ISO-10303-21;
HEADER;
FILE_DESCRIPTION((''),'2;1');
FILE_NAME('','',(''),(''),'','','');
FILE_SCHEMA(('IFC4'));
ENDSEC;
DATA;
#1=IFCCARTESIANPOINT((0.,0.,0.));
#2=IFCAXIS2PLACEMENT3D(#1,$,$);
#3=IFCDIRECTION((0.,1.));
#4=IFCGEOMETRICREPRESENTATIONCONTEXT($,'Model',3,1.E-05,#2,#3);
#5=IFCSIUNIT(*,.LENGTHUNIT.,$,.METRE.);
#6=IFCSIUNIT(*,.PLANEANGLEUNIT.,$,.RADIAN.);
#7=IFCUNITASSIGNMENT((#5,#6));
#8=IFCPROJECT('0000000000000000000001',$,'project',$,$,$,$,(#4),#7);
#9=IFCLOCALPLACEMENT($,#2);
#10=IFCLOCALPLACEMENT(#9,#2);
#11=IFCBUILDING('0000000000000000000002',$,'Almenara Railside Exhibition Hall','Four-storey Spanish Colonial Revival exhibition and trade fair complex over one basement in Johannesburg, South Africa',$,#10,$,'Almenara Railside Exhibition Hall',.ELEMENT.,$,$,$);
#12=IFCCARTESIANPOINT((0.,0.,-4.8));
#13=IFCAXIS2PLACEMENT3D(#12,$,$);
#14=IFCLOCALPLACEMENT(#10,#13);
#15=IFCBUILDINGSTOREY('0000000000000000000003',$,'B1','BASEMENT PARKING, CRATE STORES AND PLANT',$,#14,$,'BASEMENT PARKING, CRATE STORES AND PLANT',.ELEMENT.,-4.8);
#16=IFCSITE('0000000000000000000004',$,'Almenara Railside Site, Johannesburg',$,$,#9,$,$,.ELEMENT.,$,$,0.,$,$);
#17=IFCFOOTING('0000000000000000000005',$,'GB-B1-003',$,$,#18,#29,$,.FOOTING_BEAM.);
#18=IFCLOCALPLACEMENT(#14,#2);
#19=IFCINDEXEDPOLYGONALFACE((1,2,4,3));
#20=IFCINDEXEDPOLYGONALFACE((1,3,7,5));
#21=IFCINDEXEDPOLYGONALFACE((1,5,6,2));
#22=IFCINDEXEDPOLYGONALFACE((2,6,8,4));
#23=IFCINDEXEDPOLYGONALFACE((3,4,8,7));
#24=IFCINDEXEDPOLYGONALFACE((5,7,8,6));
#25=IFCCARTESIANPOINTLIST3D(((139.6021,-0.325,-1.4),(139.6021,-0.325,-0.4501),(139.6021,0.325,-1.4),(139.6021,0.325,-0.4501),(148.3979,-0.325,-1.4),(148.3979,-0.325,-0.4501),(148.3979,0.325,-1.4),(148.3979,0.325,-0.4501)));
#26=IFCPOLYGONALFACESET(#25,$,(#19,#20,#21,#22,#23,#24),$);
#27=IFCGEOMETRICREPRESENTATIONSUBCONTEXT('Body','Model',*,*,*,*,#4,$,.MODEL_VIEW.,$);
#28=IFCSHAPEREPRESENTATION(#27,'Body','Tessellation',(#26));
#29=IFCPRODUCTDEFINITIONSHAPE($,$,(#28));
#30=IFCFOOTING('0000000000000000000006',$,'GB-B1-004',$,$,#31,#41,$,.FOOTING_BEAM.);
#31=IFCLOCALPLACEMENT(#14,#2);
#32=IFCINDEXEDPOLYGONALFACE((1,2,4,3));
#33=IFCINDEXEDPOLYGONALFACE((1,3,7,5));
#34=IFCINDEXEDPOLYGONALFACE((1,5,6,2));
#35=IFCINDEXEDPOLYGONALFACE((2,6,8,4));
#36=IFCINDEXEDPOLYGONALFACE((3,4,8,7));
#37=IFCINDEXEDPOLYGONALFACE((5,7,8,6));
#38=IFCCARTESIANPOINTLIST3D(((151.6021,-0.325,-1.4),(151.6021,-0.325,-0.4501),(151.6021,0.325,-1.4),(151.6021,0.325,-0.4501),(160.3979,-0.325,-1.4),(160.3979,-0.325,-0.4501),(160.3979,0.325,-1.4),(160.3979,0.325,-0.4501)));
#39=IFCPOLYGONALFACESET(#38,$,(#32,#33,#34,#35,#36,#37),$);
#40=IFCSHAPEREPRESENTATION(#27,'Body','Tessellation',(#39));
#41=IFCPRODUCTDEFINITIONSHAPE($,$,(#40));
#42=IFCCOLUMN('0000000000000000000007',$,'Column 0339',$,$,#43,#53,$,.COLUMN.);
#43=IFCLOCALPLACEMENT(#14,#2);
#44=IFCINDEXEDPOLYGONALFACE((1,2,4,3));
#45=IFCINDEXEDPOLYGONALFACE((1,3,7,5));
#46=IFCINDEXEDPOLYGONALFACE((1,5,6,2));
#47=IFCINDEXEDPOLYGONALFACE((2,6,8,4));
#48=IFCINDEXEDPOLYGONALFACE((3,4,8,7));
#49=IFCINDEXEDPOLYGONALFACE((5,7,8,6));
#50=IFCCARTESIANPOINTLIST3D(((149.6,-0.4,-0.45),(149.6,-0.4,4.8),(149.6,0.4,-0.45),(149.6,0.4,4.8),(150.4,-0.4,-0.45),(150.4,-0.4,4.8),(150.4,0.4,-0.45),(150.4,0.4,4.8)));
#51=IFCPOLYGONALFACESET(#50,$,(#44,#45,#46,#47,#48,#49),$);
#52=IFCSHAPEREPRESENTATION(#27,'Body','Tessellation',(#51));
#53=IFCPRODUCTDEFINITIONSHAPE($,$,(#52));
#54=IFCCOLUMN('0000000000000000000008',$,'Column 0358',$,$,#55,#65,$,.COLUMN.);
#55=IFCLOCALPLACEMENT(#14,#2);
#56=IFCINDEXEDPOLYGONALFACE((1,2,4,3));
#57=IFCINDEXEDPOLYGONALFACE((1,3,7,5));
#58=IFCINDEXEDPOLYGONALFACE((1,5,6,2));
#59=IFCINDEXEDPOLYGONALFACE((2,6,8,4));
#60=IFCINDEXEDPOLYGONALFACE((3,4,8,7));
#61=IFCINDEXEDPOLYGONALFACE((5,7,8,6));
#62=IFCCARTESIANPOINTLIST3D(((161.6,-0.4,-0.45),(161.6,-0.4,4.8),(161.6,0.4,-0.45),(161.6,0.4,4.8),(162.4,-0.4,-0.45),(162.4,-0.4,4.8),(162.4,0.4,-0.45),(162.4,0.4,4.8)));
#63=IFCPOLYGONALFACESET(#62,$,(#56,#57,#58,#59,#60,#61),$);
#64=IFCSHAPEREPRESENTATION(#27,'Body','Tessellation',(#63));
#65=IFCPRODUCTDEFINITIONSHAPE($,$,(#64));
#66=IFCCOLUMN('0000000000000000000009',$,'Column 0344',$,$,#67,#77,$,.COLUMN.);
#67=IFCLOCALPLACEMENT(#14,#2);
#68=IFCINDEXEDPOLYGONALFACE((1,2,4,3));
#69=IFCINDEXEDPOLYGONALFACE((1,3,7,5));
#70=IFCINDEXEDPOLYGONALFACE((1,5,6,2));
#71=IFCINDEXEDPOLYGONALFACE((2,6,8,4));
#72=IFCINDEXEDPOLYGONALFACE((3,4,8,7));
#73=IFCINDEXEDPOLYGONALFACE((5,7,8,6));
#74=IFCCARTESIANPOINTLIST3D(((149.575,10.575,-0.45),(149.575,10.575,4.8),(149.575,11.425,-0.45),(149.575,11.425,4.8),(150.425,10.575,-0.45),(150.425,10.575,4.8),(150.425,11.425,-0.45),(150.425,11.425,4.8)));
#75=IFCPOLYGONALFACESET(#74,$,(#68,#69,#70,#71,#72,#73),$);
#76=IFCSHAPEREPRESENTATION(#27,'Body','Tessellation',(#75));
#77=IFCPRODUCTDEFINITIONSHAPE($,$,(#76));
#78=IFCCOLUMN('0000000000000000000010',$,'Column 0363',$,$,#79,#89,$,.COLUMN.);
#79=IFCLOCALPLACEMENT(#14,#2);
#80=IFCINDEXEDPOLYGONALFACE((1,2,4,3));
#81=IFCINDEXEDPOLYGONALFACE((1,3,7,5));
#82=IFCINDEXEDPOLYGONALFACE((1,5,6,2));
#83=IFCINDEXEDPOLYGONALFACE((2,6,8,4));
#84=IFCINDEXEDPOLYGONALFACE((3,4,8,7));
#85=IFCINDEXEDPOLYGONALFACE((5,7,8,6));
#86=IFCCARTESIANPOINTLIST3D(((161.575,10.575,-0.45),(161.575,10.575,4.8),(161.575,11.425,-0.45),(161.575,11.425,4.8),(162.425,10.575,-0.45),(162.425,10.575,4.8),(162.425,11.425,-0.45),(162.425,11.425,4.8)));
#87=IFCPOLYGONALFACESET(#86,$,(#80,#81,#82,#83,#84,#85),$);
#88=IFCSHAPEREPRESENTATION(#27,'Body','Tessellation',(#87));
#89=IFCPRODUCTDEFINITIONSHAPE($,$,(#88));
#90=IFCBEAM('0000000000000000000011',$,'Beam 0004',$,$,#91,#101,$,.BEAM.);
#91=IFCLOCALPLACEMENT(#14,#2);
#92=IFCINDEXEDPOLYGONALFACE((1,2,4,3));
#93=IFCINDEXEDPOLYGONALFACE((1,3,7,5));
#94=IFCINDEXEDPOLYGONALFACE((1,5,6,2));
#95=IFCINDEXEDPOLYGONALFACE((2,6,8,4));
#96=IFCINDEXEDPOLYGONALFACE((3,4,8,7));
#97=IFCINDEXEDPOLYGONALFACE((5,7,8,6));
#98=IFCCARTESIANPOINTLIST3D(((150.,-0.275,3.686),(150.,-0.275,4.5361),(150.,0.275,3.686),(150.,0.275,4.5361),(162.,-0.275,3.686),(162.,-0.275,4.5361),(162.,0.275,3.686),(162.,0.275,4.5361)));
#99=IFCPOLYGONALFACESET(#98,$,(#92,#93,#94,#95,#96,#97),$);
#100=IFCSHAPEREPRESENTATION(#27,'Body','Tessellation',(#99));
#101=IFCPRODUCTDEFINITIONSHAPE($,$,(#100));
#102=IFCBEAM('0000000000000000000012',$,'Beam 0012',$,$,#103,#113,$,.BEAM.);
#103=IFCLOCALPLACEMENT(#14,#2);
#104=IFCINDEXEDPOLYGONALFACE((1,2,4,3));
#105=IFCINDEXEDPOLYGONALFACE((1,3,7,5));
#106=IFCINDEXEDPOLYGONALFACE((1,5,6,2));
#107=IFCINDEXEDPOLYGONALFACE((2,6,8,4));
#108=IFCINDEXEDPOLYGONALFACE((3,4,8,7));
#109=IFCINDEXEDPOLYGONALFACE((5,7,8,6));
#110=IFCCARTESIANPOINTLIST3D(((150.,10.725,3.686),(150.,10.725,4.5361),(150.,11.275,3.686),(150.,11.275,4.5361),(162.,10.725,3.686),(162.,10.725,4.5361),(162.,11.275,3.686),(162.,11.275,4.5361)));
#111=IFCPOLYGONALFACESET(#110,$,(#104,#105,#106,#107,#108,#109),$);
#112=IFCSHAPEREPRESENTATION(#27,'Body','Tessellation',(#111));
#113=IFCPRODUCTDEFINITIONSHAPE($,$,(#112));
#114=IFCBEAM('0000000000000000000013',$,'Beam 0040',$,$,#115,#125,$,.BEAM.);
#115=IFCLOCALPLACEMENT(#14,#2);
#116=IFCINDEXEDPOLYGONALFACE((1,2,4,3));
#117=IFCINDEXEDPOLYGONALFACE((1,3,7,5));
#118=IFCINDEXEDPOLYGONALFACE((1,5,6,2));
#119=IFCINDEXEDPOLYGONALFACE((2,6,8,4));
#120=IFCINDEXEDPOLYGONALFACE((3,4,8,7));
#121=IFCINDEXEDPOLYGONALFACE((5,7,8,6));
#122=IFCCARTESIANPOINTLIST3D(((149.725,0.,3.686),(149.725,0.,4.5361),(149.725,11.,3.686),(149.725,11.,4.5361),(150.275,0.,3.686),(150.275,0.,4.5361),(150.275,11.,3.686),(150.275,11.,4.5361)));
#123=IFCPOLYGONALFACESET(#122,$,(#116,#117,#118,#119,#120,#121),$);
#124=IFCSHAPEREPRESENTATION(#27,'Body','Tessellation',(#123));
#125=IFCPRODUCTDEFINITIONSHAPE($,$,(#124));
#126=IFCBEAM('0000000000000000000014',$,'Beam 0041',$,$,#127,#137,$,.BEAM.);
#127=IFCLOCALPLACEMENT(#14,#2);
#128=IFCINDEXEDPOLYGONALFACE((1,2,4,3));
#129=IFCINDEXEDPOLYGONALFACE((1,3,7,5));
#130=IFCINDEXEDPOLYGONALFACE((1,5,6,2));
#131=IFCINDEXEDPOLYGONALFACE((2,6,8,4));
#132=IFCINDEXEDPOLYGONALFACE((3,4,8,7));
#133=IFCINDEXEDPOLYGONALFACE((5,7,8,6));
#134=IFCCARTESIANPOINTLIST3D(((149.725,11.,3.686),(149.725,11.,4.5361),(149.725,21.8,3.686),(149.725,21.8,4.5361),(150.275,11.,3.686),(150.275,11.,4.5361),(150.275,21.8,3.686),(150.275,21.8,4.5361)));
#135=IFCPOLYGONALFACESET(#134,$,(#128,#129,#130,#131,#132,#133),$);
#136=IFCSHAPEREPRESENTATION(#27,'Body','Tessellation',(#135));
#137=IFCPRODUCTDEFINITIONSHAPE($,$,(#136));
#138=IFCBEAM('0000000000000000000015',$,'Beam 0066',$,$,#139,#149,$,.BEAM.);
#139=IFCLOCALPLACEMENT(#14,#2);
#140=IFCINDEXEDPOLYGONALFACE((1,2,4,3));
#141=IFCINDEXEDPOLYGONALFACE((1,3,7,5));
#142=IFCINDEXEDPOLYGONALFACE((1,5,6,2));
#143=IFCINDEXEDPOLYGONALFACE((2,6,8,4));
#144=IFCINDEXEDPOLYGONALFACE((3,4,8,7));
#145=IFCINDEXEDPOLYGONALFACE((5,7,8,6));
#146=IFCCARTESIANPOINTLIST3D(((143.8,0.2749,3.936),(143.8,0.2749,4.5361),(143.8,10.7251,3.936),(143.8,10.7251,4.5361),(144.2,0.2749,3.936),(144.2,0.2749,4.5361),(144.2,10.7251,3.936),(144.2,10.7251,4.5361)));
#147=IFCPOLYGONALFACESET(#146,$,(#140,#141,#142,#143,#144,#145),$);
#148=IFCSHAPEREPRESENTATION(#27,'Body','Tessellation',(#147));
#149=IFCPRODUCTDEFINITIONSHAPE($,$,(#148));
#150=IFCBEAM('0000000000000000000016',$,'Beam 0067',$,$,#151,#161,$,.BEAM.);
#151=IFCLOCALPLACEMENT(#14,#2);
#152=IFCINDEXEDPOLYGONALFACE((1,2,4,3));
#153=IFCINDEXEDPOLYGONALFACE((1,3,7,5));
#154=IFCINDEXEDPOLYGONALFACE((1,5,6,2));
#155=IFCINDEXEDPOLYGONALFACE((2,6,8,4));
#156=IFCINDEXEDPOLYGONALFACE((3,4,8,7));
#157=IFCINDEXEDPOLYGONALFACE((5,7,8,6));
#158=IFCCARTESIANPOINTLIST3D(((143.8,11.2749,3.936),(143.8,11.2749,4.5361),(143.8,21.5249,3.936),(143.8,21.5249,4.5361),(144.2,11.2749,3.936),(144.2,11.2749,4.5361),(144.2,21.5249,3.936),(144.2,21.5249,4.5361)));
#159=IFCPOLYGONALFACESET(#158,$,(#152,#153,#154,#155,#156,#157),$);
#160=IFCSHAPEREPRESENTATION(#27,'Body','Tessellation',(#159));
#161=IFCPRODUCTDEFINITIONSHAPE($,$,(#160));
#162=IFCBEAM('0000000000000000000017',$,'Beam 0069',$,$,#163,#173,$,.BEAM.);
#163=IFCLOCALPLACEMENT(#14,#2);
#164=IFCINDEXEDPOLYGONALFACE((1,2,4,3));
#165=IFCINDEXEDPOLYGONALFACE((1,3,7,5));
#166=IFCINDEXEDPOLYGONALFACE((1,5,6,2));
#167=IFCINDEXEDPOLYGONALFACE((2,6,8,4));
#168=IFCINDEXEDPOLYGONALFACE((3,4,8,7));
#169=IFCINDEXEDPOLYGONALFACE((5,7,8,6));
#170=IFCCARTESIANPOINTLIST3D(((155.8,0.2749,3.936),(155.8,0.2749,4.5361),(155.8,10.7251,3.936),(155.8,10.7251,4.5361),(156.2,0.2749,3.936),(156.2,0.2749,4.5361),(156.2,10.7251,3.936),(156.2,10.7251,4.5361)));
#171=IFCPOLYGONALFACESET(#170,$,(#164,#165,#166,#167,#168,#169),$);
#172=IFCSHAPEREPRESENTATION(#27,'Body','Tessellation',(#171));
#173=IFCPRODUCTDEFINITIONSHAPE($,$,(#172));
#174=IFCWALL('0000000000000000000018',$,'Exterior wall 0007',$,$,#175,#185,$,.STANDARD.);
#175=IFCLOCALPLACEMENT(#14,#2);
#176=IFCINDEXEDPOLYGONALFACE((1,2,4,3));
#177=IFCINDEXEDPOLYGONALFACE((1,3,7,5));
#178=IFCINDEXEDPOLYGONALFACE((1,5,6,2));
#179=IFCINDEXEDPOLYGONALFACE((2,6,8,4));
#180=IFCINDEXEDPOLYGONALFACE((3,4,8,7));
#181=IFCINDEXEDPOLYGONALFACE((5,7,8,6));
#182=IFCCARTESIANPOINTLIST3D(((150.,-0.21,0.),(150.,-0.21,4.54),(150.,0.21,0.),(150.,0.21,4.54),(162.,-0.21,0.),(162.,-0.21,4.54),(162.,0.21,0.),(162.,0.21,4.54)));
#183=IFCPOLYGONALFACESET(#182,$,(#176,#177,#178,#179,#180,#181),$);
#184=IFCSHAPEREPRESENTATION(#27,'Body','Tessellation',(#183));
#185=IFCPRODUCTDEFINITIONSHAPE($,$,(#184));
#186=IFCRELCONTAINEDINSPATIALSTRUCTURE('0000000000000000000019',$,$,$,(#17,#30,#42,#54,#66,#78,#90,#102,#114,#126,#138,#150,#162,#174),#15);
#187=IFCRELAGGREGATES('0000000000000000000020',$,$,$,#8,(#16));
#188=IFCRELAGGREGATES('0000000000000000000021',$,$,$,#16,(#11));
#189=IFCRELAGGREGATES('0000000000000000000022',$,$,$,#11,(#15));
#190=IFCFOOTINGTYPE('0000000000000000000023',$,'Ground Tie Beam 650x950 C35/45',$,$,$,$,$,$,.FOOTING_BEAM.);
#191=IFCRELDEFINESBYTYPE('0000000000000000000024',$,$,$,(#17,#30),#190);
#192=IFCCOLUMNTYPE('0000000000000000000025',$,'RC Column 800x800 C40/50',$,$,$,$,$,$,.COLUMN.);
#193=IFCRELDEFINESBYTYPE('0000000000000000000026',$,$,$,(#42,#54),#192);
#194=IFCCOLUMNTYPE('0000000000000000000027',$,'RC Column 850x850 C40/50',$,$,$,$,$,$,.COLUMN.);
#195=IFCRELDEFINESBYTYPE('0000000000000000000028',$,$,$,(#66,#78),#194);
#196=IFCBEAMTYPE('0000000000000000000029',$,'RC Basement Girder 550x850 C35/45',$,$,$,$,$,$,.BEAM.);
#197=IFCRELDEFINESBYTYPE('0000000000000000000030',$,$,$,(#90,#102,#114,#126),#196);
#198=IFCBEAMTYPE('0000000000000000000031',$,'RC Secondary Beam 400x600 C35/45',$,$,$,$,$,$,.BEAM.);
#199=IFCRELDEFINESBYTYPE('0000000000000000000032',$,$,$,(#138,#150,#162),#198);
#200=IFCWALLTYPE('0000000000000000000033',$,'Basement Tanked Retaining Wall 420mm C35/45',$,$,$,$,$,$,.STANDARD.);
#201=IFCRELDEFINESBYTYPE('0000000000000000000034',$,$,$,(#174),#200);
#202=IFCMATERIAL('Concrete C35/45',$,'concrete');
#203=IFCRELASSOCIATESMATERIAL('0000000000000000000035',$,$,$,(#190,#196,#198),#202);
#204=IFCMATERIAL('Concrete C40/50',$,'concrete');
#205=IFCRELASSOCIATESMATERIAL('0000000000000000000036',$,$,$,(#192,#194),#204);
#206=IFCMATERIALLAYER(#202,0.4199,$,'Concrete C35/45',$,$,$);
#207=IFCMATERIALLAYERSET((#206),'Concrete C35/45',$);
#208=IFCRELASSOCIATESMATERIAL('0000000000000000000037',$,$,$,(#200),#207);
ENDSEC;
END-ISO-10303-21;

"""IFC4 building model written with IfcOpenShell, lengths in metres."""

from ifc_helpers import new_model, si_unit, direction, frame, frame_2d, origin, origin_2d, place, context, subcontext, project, spatial, rectangle, extrude, material, layer, layer_set, material_profile, profile_set, type_object, element, save


model = new_model("IFC4")

# Units and contexts
model_context = context("Model", 3, precision=1e-05, world=origin(), true_north=direction((0.0, 1.0)))
body_context = subcontext(model_context, "Body", "Model", "MODEL_VIEW")
ifc_project = project(units=[si_unit("LENGTHUNIT", "METRE"), si_unit("PLANEANGLEUNIT", "RADIAN")], contexts=[model_context])

# Site, building, storey
site_placement = place(None, origin())
site = spatial("IfcSite", under=ifc_project, at=site_placement, Name="Almenara Railside Site, Johannesburg", CompositionType="ELEMENT", RefElevation=0.0)
building_placement = place(site_placement, origin())
building = spatial("IfcBuilding", under=site, at=building_placement, Name="Almenara Railside Exhibition Hall", Description="Four-storey Spanish Colonial Revival exhibition and trade fair complex over one basement in Johannesburg, South Africa", LongName="Almenara Railside Exhibition Hall", CompositionType="ELEMENT")
storey_placement = place(building_placement, frame((0.0, 0.0, -4.8)))
storey = spatial("IfcBuildingStorey", under=building, at=storey_placement, Name="B1", Description="BASEMENT PARKING, CRATE STORES AND PLANT", LongName="BASEMENT PARKING, CRATE STORES AND PLANT", CompositionType="ELEMENT", Elevation=-4.8)

# Shared definitions
ifc_material_1 = material(Name="Concrete C40/50", Category="concrete")

# Footings
ifc_material_2 = material(Name="Concrete C35/45", Category="concrete")
ifc_material_profile_1 = material_profile(ifc_material_2, rectangle(XDim=0.6499, YDim=0.95, at=origin_2d()), Name="RC-GB 650x950")
ifc_profile_set_1 = profile_set([ifc_material_profile_1], Name="Concrete C35/45")
footing_type = type_object("IfcFootingType", Name="Ground Tie Beam 650x950 C35/45", PredefinedType="FOOTING_BEAM", material=ifc_profile_set_1)
for number, where, z_axis, x_axis, name in (
    (1, (139.6021, 0.0, -0.925), (1.0, 0.0, 0.0), (0.0, 1.0, 0.0), "GB-B1-003"),
    (2, (151.6021, 0.0, -0.925), (1.0, 0.0, 0.0), (0.0, 1.0, 0.0), "GB-B1-004"),
):
    element("IfcFooting", number, at=place(storey_placement, frame(where, z_axis=z_axis, x_axis=x_axis)), inside=storey, type_object=footing_type, Name=name, PredefinedType="FOOTING_BEAM", context=body_context, shape_type="SweptSolid", body=[
        extrude(rectangle(XDim=0.6499, YDim=0.95, at=origin_2d()), origin(), (0.0, 0.0, 1.0), 8.7959),
    ])

# Columns
ifc_material_profile_2 = material_profile(ifc_material_1, rectangle(XDim=0.8, YDim=0.8, at=origin_2d()), Name="RC 800x800")
ifc_profile_set_2 = profile_set([ifc_material_profile_2], Name="Concrete C40/50")
column_type_1 = type_object("IfcColumnType", Name="RC Column 800x800 C40/50", PredefinedType="COLUMN", material=ifc_profile_set_2)
for number, where, z_axis, x_axis, name in (
    (3, (150.0, 0.0, -0.45), (0.0, 0.0, 1.0), (1.0, 0.0, 0.0), "Column 0339"),
    (4, (162.0, 0.0, -0.45), (0.0, 0.0, 1.0), (1.0, 0.0, 0.0), "Column 0358"),
):
    element("IfcColumn", number, at=place(storey_placement, frame(where, z_axis=z_axis, x_axis=x_axis)), inside=storey, type_object=column_type_1, Name=name, PredefinedType="COLUMN", context=body_context, shape_type="SweptSolid", body=[
        extrude(rectangle(XDim=0.8, YDim=0.8, at=origin_2d()), origin(), (0.0, 0.0, 1.0), 5.25),
    ])
ifc_material_profile_3 = material_profile(ifc_material_1, rectangle(XDim=0.8501, YDim=0.8501, at=origin_2d()), Name="RC 850x850")
ifc_profile_set_3 = profile_set([ifc_material_profile_3], Name="Concrete C40/50")
column_type_2 = type_object("IfcColumnType", Name="RC Column 850x850 C40/50", PredefinedType="COLUMN", material=ifc_profile_set_3)
for number, where, z_axis, x_axis, name in (
    (5, (150.0, 11.0, -0.45), (0.0, 0.0, 1.0), (1.0, 0.0, 0.0), "Column 0344"),
    (6, (162.0, 11.0, -0.45), (0.0, 0.0, 1.0), (1.0, 0.0, 0.0), "Column 0363"),
):
    element("IfcColumn", number, at=place(storey_placement, frame(where, z_axis=z_axis, x_axis=x_axis)), inside=storey, type_object=column_type_2, Name=name, PredefinedType="COLUMN", context=body_context, shape_type="SweptSolid", body=[
        extrude(rectangle(XDim=0.8501, YDim=0.8501, at=origin_2d()), origin(), (0.0, 0.0, 1.0), 5.25),
    ])

# Beams
ifc_material_profile_4 = material_profile(ifc_material_2, rectangle(XDim=0.55, YDim=0.8501, at=origin_2d()), Name="RC 550x850")
ifc_profile_set_4 = profile_set([ifc_material_profile_4], Name="Concrete C35/45")
beam_type_1 = type_object("IfcBeamType", Name="RC Basement Girder 550x850 C35/45", PredefinedType="BEAM", material=ifc_profile_set_4)
for number, where, z_axis, x_axis, name in (
    (7, (150.0, 0.0, 4.1111), (1.0, 0.0, 0.0), (0.0, 1.0, 0.0), "Beam 0004"),
    (8, (150.0, 11.0, 4.1111), (1.0, 0.0, 0.0), (0.0, 1.0, 0.0), "Beam 0012"),
):
    element("IfcBeam", number, at=place(storey_placement, frame(where, z_axis=z_axis, x_axis=x_axis)), inside=storey, type_object=beam_type_1, Name=name, PredefinedType="BEAM", context=body_context, shape_type="SweptSolid", body=[
        extrude(rectangle(XDim=0.55, YDim=0.8501, at=origin_2d()), origin(), (0.0, 0.0, 1.0), 12.0),
    ])
beam_1_placement = place(storey_placement, frame((150.0, 0.0, 4.1111), z_axis=(0.0, 1.0, 0.0), x_axis=(-1.0, 0.0, 0.0)))
element("IfcBeam", 9, at=beam_1_placement, inside=storey, type_object=beam_type_1, Name="Beam 0040", PredefinedType="BEAM", context=body_context, shape_type="SweptSolid", body=[
    extrude(rectangle(XDim=0.55, YDim=0.8501, at=origin_2d()), origin(), (0.0, 0.0, 1.0), 11.0),
])
beam_2_placement = place(storey_placement, frame((150.0, 11.0, 4.1111), z_axis=(0.0, 1.0, 0.0), x_axis=(-1.0, 0.0, 0.0)))
element("IfcBeam", 10, at=beam_2_placement, inside=storey, type_object=beam_type_1, Name="Beam 0041", PredefinedType="BEAM", context=body_context, shape_type="SweptSolid", body=[
    extrude(rectangle(XDim=0.55, YDim=0.8501, at=origin_2d()), origin(), (0.0, 0.0, 1.0), 10.8),
])
ifc_material_profile_5 = material_profile(ifc_material_2, rectangle(XDim=0.3999, YDim=0.6001, at=origin_2d()), Name="RC 400x600")
ifc_profile_set_5 = profile_set([ifc_material_profile_5], Name="Concrete C35/45")
beam_type_2 = type_object("IfcBeamType", Name="RC Secondary Beam 400x600 C35/45", PredefinedType="BEAM", material=ifc_profile_set_5)
beam_3_placement = place(storey_placement, frame((144.0, 0.2749, 4.2361), z_axis=(0.0, 1.0, 0.0), x_axis=(-1.0, 0.0, 0.0)))
element("IfcBeam", 11, at=beam_3_placement, inside=storey, type_object=beam_type_2, Name="Beam 0066", PredefinedType="BEAM", context=body_context, shape_type="SweptSolid", body=[
    extrude(rectangle(XDim=0.3999, YDim=0.6001, at=origin_2d()), origin(), (0.0, 0.0, 1.0), 10.4502),
])
beam_4_placement = place(storey_placement, frame((144.0, 11.2749, 4.2361), z_axis=(0.0, 1.0, 0.0), x_axis=(-1.0, 0.0, 0.0)))
element("IfcBeam", 12, at=beam_4_placement, inside=storey, type_object=beam_type_2, Name="Beam 0067", PredefinedType="BEAM", context=body_context, shape_type="SweptSolid", body=[
    extrude(rectangle(XDim=0.3999, YDim=0.6001, at=origin_2d()), origin(), (0.0, 0.0, 1.0), 10.25),
])
beam_5_placement = place(storey_placement, frame((156.0, 0.2749, 4.2361), z_axis=(0.0, 1.0, 0.0), x_axis=(-1.0, 0.0, 0.0)))
element("IfcBeam", 13, at=beam_5_placement, inside=storey, type_object=beam_type_2, Name="Beam 0069", PredefinedType="BEAM", context=body_context, shape_type="SweptSolid", body=[
    extrude(rectangle(XDim=0.3999, YDim=0.6001, at=origin_2d()), origin(), (0.0, 0.0, 1.0), 10.4502),
])

# Wall
ifc_layer = layer(ifc_material_2, 0.4199, Name="Concrete C35/45")
ifc_layer_set = layer_set([ifc_layer], Name="Concrete C35/45")
wall_type = type_object("IfcWallType", Name="Basement Tanked Retaining Wall 420mm C35/45", PredefinedType="STANDARD", material=ifc_layer_set)
wall_placement = place(storey_placement, frame((150.0, 0.0, 0.0), z_axis=(0.0, 0.0, 1.0), x_axis=(1.0, 0.0, 0.0)))
element("IfcWall", 14, at=wall_placement, inside=storey, type_object=wall_type, Name="Exterior wall 0007", PredefinedType="STANDARD", context=body_context, shape_type="SweptSolid", body=[
    extrude(rectangle(XDim=12.0, YDim=0.4199, at=frame_2d((6.0, 0.0))), origin(), (0.0, 0.0, 1.0), 4.54),
])

save(model, "model.ifc")
